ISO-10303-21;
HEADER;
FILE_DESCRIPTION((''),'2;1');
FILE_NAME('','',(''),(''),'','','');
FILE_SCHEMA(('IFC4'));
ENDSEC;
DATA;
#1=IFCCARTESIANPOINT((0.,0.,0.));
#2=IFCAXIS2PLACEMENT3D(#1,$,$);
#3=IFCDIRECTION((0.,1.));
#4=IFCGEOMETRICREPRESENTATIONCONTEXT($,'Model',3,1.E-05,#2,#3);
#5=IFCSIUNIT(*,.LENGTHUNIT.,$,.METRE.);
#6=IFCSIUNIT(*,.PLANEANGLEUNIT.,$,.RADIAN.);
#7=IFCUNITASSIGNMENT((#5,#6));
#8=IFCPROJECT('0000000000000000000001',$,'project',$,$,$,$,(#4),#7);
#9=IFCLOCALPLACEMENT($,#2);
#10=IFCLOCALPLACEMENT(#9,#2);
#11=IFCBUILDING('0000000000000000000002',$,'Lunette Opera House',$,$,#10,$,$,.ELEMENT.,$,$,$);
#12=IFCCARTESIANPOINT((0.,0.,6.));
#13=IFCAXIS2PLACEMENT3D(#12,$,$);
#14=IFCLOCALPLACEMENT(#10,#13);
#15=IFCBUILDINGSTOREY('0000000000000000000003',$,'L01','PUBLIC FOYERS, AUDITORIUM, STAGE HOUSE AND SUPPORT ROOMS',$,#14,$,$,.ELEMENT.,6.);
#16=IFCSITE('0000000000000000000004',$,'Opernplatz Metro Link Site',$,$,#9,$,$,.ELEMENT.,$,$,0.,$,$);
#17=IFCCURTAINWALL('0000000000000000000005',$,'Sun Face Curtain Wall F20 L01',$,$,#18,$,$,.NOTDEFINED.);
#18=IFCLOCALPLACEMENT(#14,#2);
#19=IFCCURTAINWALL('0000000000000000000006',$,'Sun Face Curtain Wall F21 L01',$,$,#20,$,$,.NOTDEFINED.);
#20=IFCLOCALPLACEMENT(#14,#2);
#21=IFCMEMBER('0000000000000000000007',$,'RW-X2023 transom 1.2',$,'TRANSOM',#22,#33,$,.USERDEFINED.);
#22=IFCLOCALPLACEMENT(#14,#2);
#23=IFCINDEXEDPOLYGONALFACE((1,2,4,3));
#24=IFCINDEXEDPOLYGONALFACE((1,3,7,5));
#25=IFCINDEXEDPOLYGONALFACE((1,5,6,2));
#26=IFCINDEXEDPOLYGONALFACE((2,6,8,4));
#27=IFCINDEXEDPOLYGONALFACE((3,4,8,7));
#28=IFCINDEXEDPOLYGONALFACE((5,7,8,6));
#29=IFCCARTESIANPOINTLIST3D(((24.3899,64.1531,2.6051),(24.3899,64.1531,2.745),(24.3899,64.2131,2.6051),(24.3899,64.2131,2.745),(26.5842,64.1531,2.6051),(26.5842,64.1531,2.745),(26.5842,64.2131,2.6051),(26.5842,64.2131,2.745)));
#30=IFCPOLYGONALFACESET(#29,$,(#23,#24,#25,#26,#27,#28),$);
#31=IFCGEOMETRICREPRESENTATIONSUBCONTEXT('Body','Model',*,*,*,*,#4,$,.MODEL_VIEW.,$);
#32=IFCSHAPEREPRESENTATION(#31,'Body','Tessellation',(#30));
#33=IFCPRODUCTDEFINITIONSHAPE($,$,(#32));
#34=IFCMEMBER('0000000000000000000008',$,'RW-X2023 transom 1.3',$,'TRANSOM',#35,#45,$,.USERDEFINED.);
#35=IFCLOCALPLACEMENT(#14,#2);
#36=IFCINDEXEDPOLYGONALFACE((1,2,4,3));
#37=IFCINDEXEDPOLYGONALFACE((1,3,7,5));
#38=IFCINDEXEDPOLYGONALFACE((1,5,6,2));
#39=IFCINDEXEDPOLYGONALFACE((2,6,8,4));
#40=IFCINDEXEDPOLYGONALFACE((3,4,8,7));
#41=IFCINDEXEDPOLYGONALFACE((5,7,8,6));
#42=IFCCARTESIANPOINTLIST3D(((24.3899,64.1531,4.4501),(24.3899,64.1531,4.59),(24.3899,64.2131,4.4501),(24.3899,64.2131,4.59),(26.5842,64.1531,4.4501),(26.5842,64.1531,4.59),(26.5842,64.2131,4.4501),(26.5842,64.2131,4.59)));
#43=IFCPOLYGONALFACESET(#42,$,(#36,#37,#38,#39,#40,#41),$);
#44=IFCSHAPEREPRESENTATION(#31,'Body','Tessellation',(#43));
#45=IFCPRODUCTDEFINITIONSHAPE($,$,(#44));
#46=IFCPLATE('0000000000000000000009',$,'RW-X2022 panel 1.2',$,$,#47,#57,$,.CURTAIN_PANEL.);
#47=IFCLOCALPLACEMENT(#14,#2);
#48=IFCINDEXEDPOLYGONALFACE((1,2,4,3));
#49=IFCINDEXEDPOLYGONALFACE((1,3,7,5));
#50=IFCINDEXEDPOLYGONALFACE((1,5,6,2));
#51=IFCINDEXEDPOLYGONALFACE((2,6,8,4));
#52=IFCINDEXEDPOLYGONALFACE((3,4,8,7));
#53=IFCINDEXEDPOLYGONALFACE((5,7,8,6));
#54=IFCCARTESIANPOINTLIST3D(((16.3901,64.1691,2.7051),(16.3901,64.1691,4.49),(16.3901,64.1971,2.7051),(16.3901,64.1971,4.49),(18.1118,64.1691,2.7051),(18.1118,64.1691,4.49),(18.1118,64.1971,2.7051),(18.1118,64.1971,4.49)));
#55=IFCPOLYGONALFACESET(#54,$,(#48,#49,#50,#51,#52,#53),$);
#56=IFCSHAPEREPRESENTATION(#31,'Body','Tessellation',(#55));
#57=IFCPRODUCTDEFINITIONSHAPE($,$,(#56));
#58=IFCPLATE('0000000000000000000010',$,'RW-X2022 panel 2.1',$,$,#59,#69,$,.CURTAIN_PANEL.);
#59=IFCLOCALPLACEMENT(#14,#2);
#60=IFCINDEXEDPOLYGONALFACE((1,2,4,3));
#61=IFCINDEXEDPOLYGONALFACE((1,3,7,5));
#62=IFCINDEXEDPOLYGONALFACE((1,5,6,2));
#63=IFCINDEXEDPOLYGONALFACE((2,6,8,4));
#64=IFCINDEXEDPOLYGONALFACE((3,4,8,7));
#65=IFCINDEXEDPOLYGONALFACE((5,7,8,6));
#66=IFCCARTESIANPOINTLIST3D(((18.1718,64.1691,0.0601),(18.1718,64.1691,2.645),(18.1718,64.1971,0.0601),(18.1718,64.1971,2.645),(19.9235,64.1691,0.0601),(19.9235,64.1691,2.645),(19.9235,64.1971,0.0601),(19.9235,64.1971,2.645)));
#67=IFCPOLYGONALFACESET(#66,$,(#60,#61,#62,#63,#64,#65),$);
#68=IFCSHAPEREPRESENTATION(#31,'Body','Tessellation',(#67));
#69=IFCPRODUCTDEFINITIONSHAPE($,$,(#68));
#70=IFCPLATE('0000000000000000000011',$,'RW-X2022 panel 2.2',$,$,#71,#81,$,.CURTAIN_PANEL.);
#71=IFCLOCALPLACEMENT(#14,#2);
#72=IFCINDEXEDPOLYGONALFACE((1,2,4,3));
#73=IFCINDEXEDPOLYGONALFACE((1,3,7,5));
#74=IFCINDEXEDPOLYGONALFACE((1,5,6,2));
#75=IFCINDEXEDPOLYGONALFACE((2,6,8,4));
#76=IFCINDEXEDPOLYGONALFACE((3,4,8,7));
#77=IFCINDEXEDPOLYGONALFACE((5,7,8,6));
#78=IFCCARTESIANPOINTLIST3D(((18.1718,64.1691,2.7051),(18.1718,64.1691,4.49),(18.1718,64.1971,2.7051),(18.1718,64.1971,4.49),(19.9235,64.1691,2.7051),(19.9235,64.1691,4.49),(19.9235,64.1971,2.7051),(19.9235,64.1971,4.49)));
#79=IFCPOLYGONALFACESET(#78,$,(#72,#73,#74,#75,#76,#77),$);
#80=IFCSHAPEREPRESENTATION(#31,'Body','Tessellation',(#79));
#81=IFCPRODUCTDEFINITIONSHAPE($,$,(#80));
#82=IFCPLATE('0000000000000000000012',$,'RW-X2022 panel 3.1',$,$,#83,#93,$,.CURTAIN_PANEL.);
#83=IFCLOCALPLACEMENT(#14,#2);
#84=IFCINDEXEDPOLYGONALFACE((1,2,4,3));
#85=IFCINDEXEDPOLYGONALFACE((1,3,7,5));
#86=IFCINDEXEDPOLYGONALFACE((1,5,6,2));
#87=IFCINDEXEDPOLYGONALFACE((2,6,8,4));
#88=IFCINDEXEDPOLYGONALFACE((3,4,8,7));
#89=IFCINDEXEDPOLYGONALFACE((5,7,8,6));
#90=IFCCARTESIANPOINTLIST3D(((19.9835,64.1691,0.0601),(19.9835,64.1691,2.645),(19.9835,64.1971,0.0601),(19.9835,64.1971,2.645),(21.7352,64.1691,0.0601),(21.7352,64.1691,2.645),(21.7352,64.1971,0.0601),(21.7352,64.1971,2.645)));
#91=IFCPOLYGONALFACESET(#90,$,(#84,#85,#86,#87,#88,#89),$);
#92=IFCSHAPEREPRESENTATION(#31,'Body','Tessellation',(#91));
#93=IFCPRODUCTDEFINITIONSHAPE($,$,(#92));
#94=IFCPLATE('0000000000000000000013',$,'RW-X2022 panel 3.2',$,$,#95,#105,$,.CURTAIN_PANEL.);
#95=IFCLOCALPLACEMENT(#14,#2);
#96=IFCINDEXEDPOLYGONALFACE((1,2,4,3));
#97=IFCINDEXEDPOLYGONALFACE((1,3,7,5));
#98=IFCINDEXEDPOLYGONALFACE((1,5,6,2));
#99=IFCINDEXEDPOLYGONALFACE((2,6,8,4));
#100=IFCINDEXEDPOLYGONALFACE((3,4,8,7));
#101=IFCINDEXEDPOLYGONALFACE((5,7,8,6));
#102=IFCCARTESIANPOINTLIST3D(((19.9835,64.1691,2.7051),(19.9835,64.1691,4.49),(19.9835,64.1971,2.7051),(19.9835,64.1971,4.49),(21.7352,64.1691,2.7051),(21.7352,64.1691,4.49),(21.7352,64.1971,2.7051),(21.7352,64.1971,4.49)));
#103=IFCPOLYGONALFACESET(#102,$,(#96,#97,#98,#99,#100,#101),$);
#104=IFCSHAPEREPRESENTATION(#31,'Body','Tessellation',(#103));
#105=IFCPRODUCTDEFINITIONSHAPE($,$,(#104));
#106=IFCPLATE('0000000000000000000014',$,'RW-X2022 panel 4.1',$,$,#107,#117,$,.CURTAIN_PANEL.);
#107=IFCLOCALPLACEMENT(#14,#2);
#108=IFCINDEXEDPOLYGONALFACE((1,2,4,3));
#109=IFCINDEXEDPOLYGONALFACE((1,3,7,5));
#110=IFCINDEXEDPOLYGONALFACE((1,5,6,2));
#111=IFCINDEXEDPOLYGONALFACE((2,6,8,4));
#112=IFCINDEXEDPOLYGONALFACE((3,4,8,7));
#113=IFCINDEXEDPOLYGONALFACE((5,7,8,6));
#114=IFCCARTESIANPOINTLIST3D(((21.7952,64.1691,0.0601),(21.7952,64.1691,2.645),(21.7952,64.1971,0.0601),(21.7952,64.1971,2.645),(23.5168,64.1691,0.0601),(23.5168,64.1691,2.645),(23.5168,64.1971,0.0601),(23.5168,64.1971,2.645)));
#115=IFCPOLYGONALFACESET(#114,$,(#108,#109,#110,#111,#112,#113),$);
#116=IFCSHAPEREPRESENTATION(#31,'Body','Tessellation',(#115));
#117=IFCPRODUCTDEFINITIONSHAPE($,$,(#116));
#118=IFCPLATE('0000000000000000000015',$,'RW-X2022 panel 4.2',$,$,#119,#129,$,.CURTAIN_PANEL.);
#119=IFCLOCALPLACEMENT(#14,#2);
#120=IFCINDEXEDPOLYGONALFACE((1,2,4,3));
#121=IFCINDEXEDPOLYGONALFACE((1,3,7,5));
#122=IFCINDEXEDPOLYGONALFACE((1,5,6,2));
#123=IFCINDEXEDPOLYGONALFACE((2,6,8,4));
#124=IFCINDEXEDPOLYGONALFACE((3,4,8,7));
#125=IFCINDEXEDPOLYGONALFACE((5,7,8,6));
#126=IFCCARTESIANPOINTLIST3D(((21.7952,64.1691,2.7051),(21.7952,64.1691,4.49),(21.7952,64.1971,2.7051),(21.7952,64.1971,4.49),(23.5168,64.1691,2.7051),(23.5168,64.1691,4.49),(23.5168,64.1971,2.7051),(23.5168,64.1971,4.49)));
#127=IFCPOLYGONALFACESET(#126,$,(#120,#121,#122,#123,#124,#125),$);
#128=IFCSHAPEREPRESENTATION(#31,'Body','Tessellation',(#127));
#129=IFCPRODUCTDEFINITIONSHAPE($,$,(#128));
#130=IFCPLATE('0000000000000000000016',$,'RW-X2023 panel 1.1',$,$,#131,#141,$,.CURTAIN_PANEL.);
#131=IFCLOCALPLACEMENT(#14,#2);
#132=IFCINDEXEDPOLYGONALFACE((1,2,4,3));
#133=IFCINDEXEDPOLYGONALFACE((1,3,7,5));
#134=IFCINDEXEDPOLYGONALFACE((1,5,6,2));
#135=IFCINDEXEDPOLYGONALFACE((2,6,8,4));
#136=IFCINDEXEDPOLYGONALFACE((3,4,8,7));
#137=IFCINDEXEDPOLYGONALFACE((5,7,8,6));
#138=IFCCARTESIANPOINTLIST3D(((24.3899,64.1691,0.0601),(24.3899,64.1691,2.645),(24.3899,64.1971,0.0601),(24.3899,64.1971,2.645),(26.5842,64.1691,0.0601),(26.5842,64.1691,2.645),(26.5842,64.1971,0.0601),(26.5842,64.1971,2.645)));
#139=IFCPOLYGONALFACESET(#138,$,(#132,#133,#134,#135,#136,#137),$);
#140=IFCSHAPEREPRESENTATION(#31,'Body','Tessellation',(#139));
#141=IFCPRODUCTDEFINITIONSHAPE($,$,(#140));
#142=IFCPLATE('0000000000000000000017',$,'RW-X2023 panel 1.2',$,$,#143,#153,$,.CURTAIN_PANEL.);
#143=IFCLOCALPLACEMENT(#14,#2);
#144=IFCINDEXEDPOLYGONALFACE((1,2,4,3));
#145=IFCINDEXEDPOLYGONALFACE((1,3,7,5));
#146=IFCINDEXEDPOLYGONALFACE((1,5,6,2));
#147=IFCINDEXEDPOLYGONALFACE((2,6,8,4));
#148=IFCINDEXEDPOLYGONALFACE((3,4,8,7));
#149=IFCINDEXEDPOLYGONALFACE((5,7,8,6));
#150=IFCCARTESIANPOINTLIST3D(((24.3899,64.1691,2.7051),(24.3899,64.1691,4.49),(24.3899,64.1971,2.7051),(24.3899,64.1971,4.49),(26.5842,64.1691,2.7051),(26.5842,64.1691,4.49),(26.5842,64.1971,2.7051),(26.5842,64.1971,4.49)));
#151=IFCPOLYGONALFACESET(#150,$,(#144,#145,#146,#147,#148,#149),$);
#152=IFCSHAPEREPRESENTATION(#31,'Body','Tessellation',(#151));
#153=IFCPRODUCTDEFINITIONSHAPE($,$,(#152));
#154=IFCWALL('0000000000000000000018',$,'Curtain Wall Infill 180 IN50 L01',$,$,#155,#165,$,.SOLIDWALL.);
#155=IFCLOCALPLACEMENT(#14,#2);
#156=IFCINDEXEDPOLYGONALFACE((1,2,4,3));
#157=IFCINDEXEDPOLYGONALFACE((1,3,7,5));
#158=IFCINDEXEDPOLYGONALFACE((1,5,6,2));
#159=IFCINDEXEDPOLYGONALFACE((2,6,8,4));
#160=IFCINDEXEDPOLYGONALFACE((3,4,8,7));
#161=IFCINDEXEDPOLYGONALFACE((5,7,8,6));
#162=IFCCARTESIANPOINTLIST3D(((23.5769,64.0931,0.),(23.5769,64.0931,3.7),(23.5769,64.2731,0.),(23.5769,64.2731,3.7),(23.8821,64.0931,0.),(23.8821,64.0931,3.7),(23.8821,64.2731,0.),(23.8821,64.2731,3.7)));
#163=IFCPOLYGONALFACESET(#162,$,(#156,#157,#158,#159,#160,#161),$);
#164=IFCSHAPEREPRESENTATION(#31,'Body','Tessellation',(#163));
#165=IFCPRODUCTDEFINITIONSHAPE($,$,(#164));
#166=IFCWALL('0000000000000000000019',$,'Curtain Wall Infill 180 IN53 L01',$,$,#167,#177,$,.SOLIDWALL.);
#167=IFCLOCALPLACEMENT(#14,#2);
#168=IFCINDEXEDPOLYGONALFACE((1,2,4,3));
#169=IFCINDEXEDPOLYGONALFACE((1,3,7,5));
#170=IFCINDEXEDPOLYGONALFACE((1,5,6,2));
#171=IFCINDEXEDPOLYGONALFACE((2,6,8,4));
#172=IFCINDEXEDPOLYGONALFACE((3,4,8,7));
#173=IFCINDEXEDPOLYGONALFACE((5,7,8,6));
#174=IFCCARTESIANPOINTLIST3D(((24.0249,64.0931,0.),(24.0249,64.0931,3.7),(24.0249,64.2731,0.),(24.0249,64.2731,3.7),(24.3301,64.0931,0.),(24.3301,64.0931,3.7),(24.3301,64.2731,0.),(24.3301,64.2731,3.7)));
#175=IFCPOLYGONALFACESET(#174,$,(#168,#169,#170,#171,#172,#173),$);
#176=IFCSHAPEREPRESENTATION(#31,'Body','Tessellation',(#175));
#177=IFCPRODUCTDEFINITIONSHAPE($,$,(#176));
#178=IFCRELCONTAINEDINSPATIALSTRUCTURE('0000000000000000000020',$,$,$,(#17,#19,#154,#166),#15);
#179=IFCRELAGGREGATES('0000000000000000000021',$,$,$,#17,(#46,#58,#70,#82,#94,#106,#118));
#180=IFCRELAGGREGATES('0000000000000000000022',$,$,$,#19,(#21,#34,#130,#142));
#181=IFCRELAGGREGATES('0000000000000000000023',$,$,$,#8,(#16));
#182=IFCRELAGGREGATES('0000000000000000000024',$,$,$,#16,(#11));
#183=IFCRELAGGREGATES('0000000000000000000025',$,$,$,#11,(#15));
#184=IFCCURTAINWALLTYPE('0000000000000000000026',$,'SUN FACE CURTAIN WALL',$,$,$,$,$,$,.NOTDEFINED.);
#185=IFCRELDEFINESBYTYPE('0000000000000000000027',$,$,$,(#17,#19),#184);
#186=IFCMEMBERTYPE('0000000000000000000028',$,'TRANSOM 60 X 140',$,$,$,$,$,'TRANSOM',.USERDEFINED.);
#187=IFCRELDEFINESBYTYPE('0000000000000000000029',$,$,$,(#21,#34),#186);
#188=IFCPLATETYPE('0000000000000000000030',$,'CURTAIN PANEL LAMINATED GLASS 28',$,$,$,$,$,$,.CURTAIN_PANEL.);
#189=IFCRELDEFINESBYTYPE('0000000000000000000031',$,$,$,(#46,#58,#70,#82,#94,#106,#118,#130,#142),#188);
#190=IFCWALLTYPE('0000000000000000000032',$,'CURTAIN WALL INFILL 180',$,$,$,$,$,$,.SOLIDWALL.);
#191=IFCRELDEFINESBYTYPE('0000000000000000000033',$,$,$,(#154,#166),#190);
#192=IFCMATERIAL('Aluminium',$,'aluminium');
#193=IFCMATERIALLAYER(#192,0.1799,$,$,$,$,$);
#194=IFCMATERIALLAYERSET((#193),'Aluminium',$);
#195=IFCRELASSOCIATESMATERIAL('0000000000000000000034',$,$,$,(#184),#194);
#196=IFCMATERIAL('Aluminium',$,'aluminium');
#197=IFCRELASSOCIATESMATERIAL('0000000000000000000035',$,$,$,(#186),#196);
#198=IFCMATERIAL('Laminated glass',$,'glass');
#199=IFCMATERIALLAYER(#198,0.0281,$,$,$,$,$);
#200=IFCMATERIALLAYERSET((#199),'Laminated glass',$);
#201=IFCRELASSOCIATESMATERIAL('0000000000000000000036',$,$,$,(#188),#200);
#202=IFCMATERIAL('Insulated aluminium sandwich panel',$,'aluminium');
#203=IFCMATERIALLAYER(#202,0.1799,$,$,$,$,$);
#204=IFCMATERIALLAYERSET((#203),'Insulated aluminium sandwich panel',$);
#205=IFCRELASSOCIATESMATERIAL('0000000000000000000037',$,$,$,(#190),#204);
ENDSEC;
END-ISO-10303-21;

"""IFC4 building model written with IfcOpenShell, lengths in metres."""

from ifc_helpers import new_model, si_unit, direction, frame, frame_2d, origin, origin_2d, place, context, subcontext, project, spatial, rectangle, extrude, material, layer, layer_set, material_profile, profile_set, type_object, element, aggregate, save


model = new_model("IFC4")

# Units and contexts
model_context = context("Model", 3, precision=1e-05, world=origin(), true_north=direction((0.0, 1.0)))
body_context = subcontext(model_context, "Body", "Model", "MODEL_VIEW")
ifc_project = project(units=[si_unit("LENGTHUNIT", "METRE"), si_unit("PLANEANGLEUNIT", "RADIAN")], contexts=[model_context])

# Site, building, storey
site_placement = place(None, origin())
site = spatial("IfcSite", under=ifc_project, at=site_placement, Name="Opernplatz Metro Link Site", CompositionType="ELEMENT", RefElevation=0.0)
building_placement = place(site_placement, origin())
building = spatial("IfcBuilding", under=site, at=building_placement, Name="Lunette Opera House", CompositionType="ELEMENT")
storey_placement = place(building_placement, frame((0.0, 0.0, 6.0)))
storey = spatial("IfcBuildingStorey", under=building, at=storey_placement, Name="L01", Description="PUBLIC FOYERS, AUDITORIUM, STAGE HOUSE AND SUPPORT ROOMS", CompositionType="ELEMENT", Elevation=6.0)

# Curtain wall
ifc_material_1 = material(Name="Aluminium", Category="aluminium")
ifc_layer_1 = layer(ifc_material_1, 0.1799)
ifc_layer_set_1 = layer_set([ifc_layer_1], Name="Aluminium")
curtain_wall_type = type_object("IfcCurtainWallType", Name="SUN FACE CURTAIN WALL", PredefinedType="NOTDEFINED", material=ifc_layer_set_1)
curtain_wall_1_placement = place(storey_placement, origin())
curtain_wall_1 = element("IfcCurtainWall", 1, at=curtain_wall_1_placement, inside=storey, type_object=curtain_wall_type, Name="Sun Face Curtain Wall F20 L01", PredefinedType="NOTDEFINED")

# Curtain wall
curtain_wall_2_placement = place(storey_placement, origin())
curtain_wall_2 = element("IfcCurtainWall", 2, at=curtain_wall_2_placement, inside=storey, type_object=curtain_wall_type, Name="Sun Face Curtain Wall F21 L01", PredefinedType="NOTDEFINED")

# Members
ifc_material_2 = material(Name="Aluminium", Category="aluminium")
ifc_material_profile_1 = material_profile(ifc_material_2, rectangle(XDim=0.0601, YDim=0.1399, at=origin_2d()), Name="TRANSOM 60 X 140")
ifc_profile_set_1 = profile_set([ifc_material_profile_1], Name="Aluminium")
member_type_1 = type_object("IfcMemberType", Name="TRANSOM 60 X 140", ElementType="TRANSOM", PredefinedType="USERDEFINED", material=ifc_profile_set_1)
member_1_placement = place(storey_placement, frame((24.3899, 64.1831, 2.675), z_axis=(1.0, 0.0, 0.0), x_axis=(0.0, 1.0, 0.0)))
member_1 = element("IfcMember", 3, at=member_1_placement, type_object=member_type_1, Name="RW-X2023 transom 1.2", ObjectType="TRANSOM", PredefinedType="USERDEFINED", context=body_context, shape_type="SweptSolid", body=[
    extrude(rectangle(XDim=0.0601, YDim=0.1399, at=origin_2d()), origin(), (0.0, 0.0, 1.0), 2.1943),
])
member_2_placement = place(storey_placement, frame((24.3899, 64.1831, 4.52), z_axis=(1.0, 0.0, 0.0), x_axis=(0.0, 1.0, 0.0)))
member_2 = element("IfcMember", 4, at=member_2_placement, type_object=member_type_1, Name="RW-X2023 transom 1.3", ObjectType="TRANSOM", PredefinedType="USERDEFINED", context=body_context, shape_type="SweptSolid", body=[
    extrude(rectangle(XDim=0.0601, YDim=0.1399, at=origin_2d()), origin(), (0.0, 0.0, 1.0), 2.1943),
])

# Plates
ifc_material_3 = material(Name="Laminated glass", Category="glass")
ifc_layer_2 = layer(ifc_material_3, 0.0281)
ifc_layer_set_2 = layer_set([ifc_layer_2], Name="Laminated glass")
plate_type = type_object("IfcPlateType", Name="CURTAIN PANEL LAMINATED GLASS 28", PredefinedType="CURTAIN_PANEL", material=ifc_layer_set_2)
plate_1_placement = place(storey_placement, frame((17.251, 64.1831, 2.7051), z_axis=(0.0, 0.0, 1.0), x_axis=(1.0, 0.0, 0.0)))
plate_1 = element("IfcPlate", 5, at=plate_1_placement, type_object=plate_type, Name="RW-X2022 panel 1.2", PredefinedType="CURTAIN_PANEL", context=body_context, shape_type="SweptSolid", body=[
    extrude(rectangle(XDim=1.7217, YDim=0.0281, at=origin_2d()), origin(), (0.0, 0.0, 1.0), 1.7849),
])
plate_2_placement = place(storey_placement, frame((19.0476, 64.1831, 0.0601), z_axis=(0.0, 0.0, 1.0), x_axis=(1.0, 0.0, 0.0)))
plate_2 = element("IfcPlate", 6, at=plate_2_placement, type_object=plate_type, Name="RW-X2022 panel 2.1", PredefinedType="CURTAIN_PANEL", context=body_context, shape_type="SweptSolid", body=[
    extrude(rectangle(XDim=1.7517, YDim=0.0281, at=origin_2d()), origin(), (0.0, 0.0, 1.0), 2.585),
])
plate_3_placement = place(storey_placement, frame((19.0476, 64.1831, 2.7051), z_axis=(0.0, 0.0, 1.0), x_axis=(1.0, 0.0, 0.0)))
plate_3 = element("IfcPlate", 7, at=plate_3_placement, type_object=plate_type, Name="RW-X2022 panel 2.2", PredefinedType="CURTAIN_PANEL", context=body_context, shape_type="SweptSolid", body=[
    extrude(rectangle(XDim=1.7517, YDim=0.0281, at=origin_2d()), origin(), (0.0, 0.0, 1.0), 1.7849),
])
plate_4_placement = place(storey_placement, frame((20.8594, 64.1831, 0.0601), z_axis=(0.0, 0.0, 1.0), x_axis=(1.0, 0.0, 0.0)))
plate_4 = element("IfcPlate", 8, at=plate_4_placement, type_object=plate_type, Name="RW-X2022 panel 3.1", PredefinedType="CURTAIN_PANEL", context=body_context, shape_type="SweptSolid", body=[
    extrude(rectangle(XDim=1.7517, YDim=0.0281, at=origin_2d()), origin(), (0.0, 0.0, 1.0), 2.585),
])
plate_5_placement = place(storey_placement, frame((20.8594, 64.1831, 2.7051), z_axis=(0.0, 0.0, 1.0), x_axis=(1.0, 0.0, 0.0)))
plate_5 = element("IfcPlate", 9, at=plate_5_placement, type_object=plate_type, Name="RW-X2022 panel 3.2", PredefinedType="CURTAIN_PANEL", context=body_context, shape_type="SweptSolid", body=[
    extrude(rectangle(XDim=1.7517, YDim=0.0281, at=origin_2d()), origin(), (0.0, 0.0, 1.0), 1.7849),
])
plate_6_placement = place(storey_placement, frame((22.656, 64.1831, 0.0601), z_axis=(0.0, 0.0, 1.0), x_axis=(1.0, 0.0, 0.0)))
plate_6 = element("IfcPlate", 10, at=plate_6_placement, type_object=plate_type, Name="RW-X2022 panel 4.1", PredefinedType="CURTAIN_PANEL", context=body_context, shape_type="SweptSolid", body=[
    extrude(rectangle(XDim=1.7217, YDim=0.0281, at=origin_2d()), origin(), (0.0, 0.0, 1.0), 2.585),
])
plate_7_placement = place(storey_placement, frame((22.656, 64.1831, 2.7051), z_axis=(0.0, 0.0, 1.0), x_axis=(1.0, 0.0, 0.0)))
plate_7 = element("IfcPlate", 11, at=plate_7_placement, type_object=plate_type, Name="RW-X2022 panel 4.2", PredefinedType="CURTAIN_PANEL", context=body_context, shape_type="SweptSolid", body=[
    extrude(rectangle(XDim=1.7217, YDim=0.0281, at=origin_2d()), origin(), (0.0, 0.0, 1.0), 1.7849),
])
aggregate(curtain_wall_1, [plate_1, plate_2, plate_3, plate_4, plate_5, plate_6, plate_7])
plate_8_placement = place(storey_placement, frame((25.4871, 64.1831, 0.0601), z_axis=(0.0, 0.0, 1.0), x_axis=(1.0, 0.0, 0.0)))
plate_8 = element("IfcPlate", 12, at=plate_8_placement, type_object=plate_type, Name="RW-X2023 panel 1.1", PredefinedType="CURTAIN_PANEL", context=body_context, shape_type="SweptSolid", body=[
    extrude(rectangle(XDim=2.1943, YDim=0.0281, at=origin_2d()), origin(), (0.0, 0.0, 1.0), 2.585),
])
plate_9_placement = place(storey_placement, frame((25.4871, 64.1831, 2.7051), z_axis=(0.0, 0.0, 1.0), x_axis=(1.0, 0.0, 0.0)))
plate_9 = element("IfcPlate", 13, at=plate_9_placement, type_object=plate_type, Name="RW-X2023 panel 1.2", PredefinedType="CURTAIN_PANEL", context=body_context, shape_type="SweptSolid", body=[
    extrude(rectangle(XDim=2.1943, YDim=0.0281, at=origin_2d()), origin(), (0.0, 0.0, 1.0), 1.7849),
])
aggregate(curtain_wall_2, [member_1, member_2, plate_8, plate_9])

# Walls
ifc_material_4 = material(Name="Insulated aluminium sandwich panel", Category="aluminium")
ifc_layer_3 = layer(ifc_material_4, 0.1799)
ifc_layer_set_3 = layer_set([ifc_layer_3], Name="Insulated aluminium sandwich panel")
wall_type = type_object("IfcWallType", Name="CURTAIN WALL INFILL 180", PredefinedType="SOLIDWALL", material=ifc_layer_set_3)
for number, where, z_axis, x_axis, name in (
    (14, (23.5769, 64.1831, 0.0), (0.0, 0.0, 1.0), (1.0, 0.0, 0.0), "Curtain Wall Infill 180 IN50 L01"),
    (15, (24.3301, 64.1831, 0.0), (0.0, 0.0, 1.0), (-1.0, 0.0, 0.0), "Curtain Wall Infill 180 IN53 L01"),
):
    element("IfcWall", number, at=place(storey_placement, frame(where, z_axis=z_axis, x_axis=x_axis)), inside=storey, type_object=wall_type, Name=name, PredefinedType="SOLIDWALL", context=body_context, shape_type="SweptSolid", body=[
        extrude(rectangle(XDim=0.3052, YDim=0.1799, at=frame_2d((0.1526, 0.0))), origin(), (0.0, 0.0, 1.0), 3.7),
    ])

save(model, "model.ifc")
